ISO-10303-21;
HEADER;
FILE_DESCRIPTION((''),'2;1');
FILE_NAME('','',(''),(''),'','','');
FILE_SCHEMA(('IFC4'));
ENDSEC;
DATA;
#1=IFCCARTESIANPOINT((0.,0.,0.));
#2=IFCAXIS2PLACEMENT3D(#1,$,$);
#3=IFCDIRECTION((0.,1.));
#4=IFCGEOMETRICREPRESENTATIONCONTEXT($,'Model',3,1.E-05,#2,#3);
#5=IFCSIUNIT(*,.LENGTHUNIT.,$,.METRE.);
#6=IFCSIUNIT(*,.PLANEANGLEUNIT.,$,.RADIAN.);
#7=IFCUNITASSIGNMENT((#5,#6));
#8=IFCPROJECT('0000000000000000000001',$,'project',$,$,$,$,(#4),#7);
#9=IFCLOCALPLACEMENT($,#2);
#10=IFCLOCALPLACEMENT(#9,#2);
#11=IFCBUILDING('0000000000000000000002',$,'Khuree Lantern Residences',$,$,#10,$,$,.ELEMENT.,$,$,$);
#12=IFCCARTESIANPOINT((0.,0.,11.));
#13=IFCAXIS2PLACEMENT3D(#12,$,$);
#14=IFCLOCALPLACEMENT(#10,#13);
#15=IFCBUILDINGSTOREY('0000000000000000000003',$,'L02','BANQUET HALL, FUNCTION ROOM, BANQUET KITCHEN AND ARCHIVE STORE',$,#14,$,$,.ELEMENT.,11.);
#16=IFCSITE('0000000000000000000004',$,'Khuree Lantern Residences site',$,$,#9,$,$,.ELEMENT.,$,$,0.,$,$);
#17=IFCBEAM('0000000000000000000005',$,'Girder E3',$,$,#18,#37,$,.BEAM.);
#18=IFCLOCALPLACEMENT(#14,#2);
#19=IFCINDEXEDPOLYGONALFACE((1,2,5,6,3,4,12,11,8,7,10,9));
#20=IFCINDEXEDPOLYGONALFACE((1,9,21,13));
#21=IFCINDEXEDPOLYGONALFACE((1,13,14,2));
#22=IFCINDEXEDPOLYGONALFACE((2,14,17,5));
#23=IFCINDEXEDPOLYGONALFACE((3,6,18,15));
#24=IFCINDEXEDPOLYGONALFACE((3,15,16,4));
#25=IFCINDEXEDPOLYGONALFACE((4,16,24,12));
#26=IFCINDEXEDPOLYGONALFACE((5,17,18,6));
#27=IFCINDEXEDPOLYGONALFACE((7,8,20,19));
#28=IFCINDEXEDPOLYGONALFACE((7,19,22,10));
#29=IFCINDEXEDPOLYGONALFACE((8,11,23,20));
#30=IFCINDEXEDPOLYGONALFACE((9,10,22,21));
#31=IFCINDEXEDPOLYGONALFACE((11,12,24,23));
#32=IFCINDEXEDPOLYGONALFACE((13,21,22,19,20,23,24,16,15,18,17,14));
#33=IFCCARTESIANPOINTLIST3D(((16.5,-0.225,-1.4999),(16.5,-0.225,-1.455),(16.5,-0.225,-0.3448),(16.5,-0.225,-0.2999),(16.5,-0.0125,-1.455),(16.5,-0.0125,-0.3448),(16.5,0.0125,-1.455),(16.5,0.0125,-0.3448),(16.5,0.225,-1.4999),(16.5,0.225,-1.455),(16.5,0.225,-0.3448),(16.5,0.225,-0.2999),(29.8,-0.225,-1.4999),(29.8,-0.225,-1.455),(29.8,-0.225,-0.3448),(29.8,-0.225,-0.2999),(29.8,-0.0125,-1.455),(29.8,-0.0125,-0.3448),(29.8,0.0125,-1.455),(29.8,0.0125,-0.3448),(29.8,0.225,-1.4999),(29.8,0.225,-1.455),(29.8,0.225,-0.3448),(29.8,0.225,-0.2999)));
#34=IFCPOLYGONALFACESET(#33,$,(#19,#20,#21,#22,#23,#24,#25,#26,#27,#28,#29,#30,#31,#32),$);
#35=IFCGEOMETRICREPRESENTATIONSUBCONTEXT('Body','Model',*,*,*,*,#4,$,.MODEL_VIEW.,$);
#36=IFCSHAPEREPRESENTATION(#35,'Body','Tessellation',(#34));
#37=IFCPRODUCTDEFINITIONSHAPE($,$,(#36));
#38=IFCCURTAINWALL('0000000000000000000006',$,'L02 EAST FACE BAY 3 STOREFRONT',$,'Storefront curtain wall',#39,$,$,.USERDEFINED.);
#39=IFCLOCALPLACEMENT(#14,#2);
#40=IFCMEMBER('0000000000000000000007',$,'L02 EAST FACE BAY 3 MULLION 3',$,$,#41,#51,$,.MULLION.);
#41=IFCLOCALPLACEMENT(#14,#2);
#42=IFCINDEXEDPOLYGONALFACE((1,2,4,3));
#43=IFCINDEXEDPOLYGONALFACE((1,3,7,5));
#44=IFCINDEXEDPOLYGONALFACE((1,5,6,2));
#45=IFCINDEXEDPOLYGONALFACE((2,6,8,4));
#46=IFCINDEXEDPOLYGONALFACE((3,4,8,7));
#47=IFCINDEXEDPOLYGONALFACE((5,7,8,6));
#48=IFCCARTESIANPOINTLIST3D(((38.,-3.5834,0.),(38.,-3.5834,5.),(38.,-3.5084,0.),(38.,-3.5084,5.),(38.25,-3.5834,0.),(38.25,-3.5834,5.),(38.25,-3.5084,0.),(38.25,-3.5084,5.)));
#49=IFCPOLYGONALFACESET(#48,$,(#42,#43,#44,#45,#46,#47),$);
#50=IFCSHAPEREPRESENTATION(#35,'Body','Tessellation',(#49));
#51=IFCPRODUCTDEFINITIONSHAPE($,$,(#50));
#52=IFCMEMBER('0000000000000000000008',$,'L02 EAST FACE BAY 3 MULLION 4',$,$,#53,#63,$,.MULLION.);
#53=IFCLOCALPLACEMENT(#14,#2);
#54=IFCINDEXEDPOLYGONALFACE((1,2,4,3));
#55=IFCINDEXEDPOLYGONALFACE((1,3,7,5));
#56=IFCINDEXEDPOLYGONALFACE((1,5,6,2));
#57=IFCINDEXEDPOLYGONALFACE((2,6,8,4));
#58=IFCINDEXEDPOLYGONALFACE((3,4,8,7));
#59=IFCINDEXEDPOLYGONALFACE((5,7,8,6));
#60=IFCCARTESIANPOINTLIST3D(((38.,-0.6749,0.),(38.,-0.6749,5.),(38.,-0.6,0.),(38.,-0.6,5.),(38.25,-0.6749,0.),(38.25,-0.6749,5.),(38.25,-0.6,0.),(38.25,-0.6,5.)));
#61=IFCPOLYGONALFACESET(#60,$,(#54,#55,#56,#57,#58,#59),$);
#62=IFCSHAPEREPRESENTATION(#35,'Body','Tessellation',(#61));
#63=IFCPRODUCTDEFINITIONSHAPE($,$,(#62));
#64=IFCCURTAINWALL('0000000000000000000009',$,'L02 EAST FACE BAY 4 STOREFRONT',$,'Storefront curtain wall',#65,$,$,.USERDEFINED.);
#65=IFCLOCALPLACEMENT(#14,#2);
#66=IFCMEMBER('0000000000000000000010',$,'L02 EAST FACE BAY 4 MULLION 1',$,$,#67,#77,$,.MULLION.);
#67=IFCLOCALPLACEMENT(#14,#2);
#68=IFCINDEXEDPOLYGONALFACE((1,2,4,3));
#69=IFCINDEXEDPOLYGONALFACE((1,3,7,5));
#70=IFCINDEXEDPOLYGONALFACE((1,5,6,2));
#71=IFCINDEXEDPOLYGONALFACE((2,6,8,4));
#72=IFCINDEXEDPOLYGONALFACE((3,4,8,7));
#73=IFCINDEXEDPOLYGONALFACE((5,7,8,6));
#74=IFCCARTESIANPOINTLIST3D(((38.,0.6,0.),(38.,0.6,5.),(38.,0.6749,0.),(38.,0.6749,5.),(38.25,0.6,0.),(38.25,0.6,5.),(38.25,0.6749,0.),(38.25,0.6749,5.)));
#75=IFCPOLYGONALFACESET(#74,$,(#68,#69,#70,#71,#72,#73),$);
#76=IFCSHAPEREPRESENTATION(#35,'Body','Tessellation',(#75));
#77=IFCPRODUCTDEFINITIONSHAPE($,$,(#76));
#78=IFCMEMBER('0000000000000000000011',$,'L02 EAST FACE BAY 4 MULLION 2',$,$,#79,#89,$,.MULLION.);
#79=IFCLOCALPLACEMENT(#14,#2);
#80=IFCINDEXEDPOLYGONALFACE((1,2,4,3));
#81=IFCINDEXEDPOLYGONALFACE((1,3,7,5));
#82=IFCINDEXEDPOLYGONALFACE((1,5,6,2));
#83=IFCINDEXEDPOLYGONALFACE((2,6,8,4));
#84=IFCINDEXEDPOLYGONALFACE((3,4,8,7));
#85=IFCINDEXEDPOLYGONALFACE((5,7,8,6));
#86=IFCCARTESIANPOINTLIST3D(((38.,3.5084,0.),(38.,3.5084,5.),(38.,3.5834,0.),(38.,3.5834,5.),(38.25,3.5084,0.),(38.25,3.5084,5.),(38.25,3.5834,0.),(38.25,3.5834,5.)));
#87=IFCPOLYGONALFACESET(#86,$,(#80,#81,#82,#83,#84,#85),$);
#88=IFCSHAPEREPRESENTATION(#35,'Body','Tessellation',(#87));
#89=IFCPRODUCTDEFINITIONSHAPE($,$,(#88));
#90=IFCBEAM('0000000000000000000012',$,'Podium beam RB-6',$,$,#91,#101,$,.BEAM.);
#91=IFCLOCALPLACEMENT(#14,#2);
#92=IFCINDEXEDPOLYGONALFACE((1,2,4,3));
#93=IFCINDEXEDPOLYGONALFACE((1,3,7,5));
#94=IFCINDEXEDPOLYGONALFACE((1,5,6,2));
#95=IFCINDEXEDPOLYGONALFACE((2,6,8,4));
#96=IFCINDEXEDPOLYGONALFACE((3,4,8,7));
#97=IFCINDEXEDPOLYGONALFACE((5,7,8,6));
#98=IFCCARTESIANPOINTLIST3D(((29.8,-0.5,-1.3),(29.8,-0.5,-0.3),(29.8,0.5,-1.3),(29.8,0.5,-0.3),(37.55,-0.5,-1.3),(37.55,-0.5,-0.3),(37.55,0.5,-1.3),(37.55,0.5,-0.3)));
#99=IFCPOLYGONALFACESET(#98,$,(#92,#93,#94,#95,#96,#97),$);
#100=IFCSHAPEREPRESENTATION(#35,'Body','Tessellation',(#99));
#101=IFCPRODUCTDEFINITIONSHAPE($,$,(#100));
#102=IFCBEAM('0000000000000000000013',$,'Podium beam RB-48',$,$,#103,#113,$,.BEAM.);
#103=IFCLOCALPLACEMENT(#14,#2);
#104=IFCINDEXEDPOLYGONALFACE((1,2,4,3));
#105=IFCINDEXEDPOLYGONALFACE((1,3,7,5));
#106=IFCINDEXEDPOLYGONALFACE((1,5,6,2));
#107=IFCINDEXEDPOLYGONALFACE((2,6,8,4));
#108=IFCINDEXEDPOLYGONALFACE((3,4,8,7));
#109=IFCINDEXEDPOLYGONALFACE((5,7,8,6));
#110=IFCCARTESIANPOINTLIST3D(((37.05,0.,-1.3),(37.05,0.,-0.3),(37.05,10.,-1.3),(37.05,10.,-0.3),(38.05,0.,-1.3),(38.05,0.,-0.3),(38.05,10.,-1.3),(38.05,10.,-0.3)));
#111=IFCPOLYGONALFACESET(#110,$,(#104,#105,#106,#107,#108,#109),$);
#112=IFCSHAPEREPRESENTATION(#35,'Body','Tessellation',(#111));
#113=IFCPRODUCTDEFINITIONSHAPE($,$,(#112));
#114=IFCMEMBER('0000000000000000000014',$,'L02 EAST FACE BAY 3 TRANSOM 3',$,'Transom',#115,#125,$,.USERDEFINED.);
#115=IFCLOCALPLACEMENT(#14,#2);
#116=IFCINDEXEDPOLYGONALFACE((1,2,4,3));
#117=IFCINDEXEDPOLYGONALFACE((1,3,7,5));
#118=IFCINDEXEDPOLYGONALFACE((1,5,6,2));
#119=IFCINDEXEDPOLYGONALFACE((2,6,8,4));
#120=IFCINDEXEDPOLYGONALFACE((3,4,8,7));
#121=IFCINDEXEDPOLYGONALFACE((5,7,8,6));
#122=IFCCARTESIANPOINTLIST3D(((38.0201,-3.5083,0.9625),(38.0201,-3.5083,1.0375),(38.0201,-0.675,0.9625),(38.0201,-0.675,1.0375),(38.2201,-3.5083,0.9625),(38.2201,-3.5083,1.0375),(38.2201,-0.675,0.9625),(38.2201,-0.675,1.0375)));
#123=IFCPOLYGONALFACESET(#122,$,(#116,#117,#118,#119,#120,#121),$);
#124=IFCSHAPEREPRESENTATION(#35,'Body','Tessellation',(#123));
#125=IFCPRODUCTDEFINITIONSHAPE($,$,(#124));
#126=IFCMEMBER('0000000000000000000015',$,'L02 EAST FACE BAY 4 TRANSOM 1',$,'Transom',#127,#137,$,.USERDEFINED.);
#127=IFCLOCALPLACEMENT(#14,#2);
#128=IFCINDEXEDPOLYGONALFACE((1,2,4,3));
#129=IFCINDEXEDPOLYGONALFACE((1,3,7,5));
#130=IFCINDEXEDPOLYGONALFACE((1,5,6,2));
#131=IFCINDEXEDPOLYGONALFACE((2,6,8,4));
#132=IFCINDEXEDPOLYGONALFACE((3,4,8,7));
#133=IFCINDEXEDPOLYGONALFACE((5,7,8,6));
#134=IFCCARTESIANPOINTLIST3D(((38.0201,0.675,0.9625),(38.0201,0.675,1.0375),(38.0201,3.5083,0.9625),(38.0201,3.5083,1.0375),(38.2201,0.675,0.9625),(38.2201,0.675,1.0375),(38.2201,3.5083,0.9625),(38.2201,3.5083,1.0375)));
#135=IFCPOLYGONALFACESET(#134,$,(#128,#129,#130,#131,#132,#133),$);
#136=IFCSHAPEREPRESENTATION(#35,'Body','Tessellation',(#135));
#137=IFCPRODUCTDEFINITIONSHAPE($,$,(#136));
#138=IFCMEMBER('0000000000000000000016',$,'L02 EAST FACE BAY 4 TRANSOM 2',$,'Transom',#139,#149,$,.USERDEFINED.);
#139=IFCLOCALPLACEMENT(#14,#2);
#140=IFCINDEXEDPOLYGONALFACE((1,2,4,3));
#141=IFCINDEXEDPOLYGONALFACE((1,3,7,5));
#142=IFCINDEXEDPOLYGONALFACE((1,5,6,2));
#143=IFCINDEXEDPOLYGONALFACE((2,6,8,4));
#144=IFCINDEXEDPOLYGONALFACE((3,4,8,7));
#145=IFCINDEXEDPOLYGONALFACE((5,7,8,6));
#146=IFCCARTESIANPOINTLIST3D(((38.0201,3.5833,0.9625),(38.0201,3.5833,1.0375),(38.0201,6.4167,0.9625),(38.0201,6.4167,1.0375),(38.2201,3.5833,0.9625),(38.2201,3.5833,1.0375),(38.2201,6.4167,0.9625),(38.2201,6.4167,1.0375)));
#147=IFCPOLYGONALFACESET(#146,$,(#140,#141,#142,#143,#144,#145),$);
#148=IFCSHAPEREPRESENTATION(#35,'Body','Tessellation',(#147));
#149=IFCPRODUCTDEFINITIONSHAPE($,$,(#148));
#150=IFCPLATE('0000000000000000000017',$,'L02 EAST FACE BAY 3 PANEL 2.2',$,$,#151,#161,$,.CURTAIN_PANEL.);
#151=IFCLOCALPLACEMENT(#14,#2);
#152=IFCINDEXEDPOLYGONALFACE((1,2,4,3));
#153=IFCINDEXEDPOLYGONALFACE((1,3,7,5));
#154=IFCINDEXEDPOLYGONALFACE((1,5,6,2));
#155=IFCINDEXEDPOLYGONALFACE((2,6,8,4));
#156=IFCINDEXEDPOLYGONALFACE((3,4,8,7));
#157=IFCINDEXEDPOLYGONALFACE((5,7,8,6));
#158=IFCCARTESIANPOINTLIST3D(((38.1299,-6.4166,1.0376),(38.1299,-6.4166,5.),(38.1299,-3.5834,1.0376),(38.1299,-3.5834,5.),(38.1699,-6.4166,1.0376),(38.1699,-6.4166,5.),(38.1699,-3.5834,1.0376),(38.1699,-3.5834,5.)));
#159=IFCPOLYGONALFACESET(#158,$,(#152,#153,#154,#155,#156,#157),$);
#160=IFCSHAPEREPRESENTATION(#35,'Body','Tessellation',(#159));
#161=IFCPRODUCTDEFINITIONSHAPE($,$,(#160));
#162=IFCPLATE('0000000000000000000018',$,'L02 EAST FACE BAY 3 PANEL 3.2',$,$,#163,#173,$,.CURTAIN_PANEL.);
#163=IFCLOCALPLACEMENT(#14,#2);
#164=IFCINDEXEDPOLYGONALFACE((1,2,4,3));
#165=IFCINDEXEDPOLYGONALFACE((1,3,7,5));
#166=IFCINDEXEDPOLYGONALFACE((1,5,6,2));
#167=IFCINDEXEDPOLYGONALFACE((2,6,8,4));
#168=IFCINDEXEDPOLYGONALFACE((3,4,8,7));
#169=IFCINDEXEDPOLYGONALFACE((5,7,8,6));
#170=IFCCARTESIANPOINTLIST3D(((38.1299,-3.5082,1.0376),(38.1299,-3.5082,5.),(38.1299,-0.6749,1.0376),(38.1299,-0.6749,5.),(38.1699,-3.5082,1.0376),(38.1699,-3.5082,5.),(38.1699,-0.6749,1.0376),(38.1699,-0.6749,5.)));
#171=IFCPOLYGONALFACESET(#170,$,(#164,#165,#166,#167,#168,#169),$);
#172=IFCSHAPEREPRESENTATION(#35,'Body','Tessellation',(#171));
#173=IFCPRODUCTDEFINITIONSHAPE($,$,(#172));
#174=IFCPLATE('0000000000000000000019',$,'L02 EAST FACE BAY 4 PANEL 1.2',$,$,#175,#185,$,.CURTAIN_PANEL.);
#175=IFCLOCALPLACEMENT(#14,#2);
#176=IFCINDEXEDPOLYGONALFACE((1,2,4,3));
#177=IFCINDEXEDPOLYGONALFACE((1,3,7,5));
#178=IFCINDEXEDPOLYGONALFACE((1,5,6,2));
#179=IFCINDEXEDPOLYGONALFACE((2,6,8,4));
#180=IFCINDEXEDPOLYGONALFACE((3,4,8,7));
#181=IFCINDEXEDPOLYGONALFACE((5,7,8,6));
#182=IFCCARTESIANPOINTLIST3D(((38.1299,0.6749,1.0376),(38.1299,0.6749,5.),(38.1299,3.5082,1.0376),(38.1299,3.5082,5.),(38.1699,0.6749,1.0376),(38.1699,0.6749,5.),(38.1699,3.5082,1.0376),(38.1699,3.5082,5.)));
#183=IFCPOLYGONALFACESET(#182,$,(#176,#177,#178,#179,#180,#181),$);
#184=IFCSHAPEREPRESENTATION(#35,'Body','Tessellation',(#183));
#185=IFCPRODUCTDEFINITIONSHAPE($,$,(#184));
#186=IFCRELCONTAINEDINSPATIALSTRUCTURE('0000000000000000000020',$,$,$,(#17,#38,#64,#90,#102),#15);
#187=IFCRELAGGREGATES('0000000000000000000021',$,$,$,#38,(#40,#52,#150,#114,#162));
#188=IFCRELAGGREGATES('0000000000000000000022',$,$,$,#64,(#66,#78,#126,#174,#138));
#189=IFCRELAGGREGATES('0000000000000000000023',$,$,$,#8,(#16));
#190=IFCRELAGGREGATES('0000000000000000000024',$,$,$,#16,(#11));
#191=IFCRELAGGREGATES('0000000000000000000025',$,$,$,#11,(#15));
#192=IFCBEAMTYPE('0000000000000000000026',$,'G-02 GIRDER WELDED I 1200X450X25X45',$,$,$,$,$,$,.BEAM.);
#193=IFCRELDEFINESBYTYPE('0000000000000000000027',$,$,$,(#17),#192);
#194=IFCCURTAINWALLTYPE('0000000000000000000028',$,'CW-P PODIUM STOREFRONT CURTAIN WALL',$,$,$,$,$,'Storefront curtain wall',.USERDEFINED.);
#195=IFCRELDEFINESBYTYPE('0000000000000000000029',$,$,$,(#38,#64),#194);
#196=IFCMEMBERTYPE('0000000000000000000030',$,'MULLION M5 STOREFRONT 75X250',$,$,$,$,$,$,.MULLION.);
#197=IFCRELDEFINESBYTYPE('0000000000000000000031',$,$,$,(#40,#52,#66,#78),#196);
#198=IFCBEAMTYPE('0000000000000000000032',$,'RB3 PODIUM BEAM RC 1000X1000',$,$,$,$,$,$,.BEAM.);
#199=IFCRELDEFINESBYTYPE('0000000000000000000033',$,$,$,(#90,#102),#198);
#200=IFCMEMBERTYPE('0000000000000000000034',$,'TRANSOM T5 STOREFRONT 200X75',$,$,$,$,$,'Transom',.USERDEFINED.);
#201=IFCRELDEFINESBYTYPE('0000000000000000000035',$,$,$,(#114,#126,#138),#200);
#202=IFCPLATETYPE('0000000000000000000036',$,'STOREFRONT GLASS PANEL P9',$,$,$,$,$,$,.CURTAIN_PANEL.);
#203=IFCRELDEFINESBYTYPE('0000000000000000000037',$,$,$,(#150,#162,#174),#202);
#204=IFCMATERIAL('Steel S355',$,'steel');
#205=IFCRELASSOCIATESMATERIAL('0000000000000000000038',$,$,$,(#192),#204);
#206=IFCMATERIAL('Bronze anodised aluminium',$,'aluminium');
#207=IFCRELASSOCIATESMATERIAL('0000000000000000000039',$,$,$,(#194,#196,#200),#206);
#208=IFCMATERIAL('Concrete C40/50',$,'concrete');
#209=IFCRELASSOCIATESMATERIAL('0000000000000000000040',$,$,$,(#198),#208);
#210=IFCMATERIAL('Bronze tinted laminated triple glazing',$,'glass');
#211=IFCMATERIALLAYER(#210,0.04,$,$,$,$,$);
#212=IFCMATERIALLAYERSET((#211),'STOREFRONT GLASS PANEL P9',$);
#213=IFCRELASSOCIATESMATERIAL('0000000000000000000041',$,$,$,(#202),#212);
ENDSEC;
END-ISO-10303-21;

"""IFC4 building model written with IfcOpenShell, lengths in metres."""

from ifc_helpers import new_model, si_unit, direction, frame, origin, origin_2d, place, context, subcontext, project, spatial, rectangle, i_section, extrude, material, layer, layer_set, material_profile, profile_set, type_object, element, aggregate, save


model = new_model("IFC4")

# Units and contexts
model_context = context("Model", 3, precision=1e-05, world=origin(), true_north=direction((0.0, 1.0)))
body_context = subcontext(model_context, "Body", "Model", "MODEL_VIEW")
ifc_project = project(units=[si_unit("LENGTHUNIT", "METRE"), si_unit("PLANEANGLEUNIT", "RADIAN")], contexts=[model_context])

# Site, building, storey
site_placement = place(None, origin())
site = spatial("IfcSite", under=ifc_project, at=site_placement, Name="Khuree Lantern Residences site", CompositionType="ELEMENT", RefElevation=0.0)
building_placement = place(site_placement, origin())
building = spatial("IfcBuilding", under=site, at=building_placement, Name="Khuree Lantern Residences", CompositionType="ELEMENT")
storey_placement = place(building_placement, frame((0.0, 0.0, 11.0)))
storey = spatial("IfcBuildingStorey", under=building, at=storey_placement, Name="L02", Description="BANQUET HALL, FUNCTION ROOM, BANQUET KITCHEN AND ARCHIVE STORE", CompositionType="ELEMENT", Elevation=11.0)

# Beam
ifc_material_1 = material(Name="Steel S355", Category="steel")
ifc_material_profile_1 = material_profile(ifc_material_1, i_section(OverallWidth=0.45, OverallDepth=1.2, WebThickness=0.0249, FlangeThickness=0.0449, at=origin_2d()), Name="WELDED I 1200X450X25X45")
ifc_profile_set_1 = profile_set([ifc_material_profile_1], Name="Steel S355")
beam_type_1 = type_object("IfcBeamType", Name="G-02 GIRDER WELDED I 1200X450X25X45", PredefinedType="BEAM", material=ifc_profile_set_1)
beam_1_placement = place(storey_placement, frame((29.8, 0.0, -0.8999), z_axis=(-1.0, 0.0, 0.0), x_axis=(0.0, -1.0, 0.0)))
element("IfcBeam", 1, at=beam_1_placement, inside=storey, type_object=beam_type_1, Name="Girder E3", PredefinedType="BEAM", context=body_context, shape_type="SweptSolid", body=[
    extrude(i_section(OverallWidth=0.45, OverallDepth=1.2, WebThickness=0.0249, FlangeThickness=0.0449, at=origin_2d()), origin(), (0.0, 0.0, 1.0), 13.3),
])

# Curtain walls, members
ifc_material_2 = material(Name="Bronze anodised aluminium", Category="aluminium")
curtain_wall_type = type_object("IfcCurtainWallType", Name="CW-P PODIUM STOREFRONT CURTAIN WALL", ElementType="Storefront curtain wall", PredefinedType="USERDEFINED", material=ifc_material_2)
curtain_wall_1_placement = place(storey_placement, origin())
curtain_wall_1 = element("IfcCurtainWall", 2, at=curtain_wall_1_placement, inside=storey, type_object=curtain_wall_type, Name="L02 EAST FACE BAY 3 STOREFRONT", ObjectType="Storefront curtain wall", PredefinedType="USERDEFINED")
ifc_material_profile_2 = material_profile(ifc_material_2, rectangle(XDim=0.075, YDim=0.25, at=origin_2d()), Name="M5 75X250")
ifc_profile_set_2 = profile_set([ifc_material_profile_2], Name="Bronze anodised aluminium")
member_type_1 = type_object("IfcMemberType", Name="MULLION M5 STOREFRONT 75X250", PredefinedType="MULLION", material=ifc_profile_set_2)
member_1_placement = place(storey_placement, frame((38.125, -3.5459, 0.0), z_axis=(0.0, 0.0, 1.0), x_axis=(0.0, 1.0, 0.0)))
member_1 = element("IfcMember", 3, at=member_1_placement, type_object=member_type_1, Name="L02 EAST FACE BAY 3 MULLION 3", PredefinedType="MULLION", context=body_context, shape_type="SweptSolid", body=[
    extrude(rectangle(XDim=0.075, YDim=0.25, at=origin_2d()), origin(), (0.0, 0.0, 1.0), 5.0),
])
member_2_placement = place(storey_placement, frame((38.125, -0.6375, 0.0), z_axis=(0.0, 0.0, 1.0), x_axis=(0.0, 1.0, 0.0)))
member_2 = element("IfcMember", 4, at=member_2_placement, type_object=member_type_1, Name="L02 EAST FACE BAY 3 MULLION 4", PredefinedType="MULLION", context=body_context, shape_type="SweptSolid", body=[
    extrude(rectangle(XDim=0.075, YDim=0.25, at=origin_2d()), origin(), (0.0, 0.0, 1.0), 5.0),
])
curtain_wall_2_placement = place(storey_placement, origin())
curtain_wall_2 = element("IfcCurtainWall", 5, at=curtain_wall_2_placement, inside=storey, type_object=curtain_wall_type, Name="L02 EAST FACE BAY 4 STOREFRONT", ObjectType="Storefront curtain wall", PredefinedType="USERDEFINED")
member_3_placement = place(storey_placement, frame((38.125, 0.6375, 0.0), z_axis=(0.0, 0.0, 1.0), x_axis=(0.0, 1.0, 0.0)))
member_3 = element("IfcMember", 6, at=member_3_placement, type_object=member_type_1, Name="L02 EAST FACE BAY 4 MULLION 1", PredefinedType="MULLION", context=body_context, shape_type="SweptSolid", body=[
    extrude(rectangle(XDim=0.075, YDim=0.25, at=origin_2d()), origin(), (0.0, 0.0, 1.0), 5.0),
])
member_4_placement = place(storey_placement, frame((38.125, 3.5459, 0.0), z_axis=(0.0, 0.0, 1.0), x_axis=(0.0, 1.0, 0.0)))
member_4 = element("IfcMember", 7, at=member_4_placement, type_object=member_type_1, Name="L02 EAST FACE BAY 4 MULLION 2", PredefinedType="MULLION", context=body_context, shape_type="SweptSolid", body=[
    extrude(rectangle(XDim=0.075, YDim=0.25, at=origin_2d()), origin(), (0.0, 0.0, 1.0), 5.0),
])

# Beams
ifc_material_3 = material(Name="Concrete C40/50", Category="concrete")
ifc_material_profile_3 = material_profile(ifc_material_3, rectangle(XDim=1.0, YDim=1.0, at=origin_2d()), Name="RC 1000X1000")
ifc_profile_set_3 = profile_set([ifc_material_profile_3], Name="Concrete C40/50")
beam_type_2 = type_object("IfcBeamType", Name="RB3 PODIUM BEAM RC 1000X1000", PredefinedType="BEAM", material=ifc_profile_set_3)
beam_2_placement = place(storey_placement, frame((29.8, 0.0, -0.8), z_axis=(1.0, 0.0, 0.0), x_axis=(0.0, 1.0, 0.0)))
element("IfcBeam", 8, at=beam_2_placement, inside=storey, type_object=beam_type_2, Name="Podium beam RB-6", PredefinedType="BEAM", context=body_context, shape_type="SweptSolid", body=[
    extrude(rectangle(XDim=1.0, YDim=1.0, at=origin_2d()), origin(), (0.0, 0.0, 1.0), 7.75),
])
beam_3_placement = place(storey_placement, frame((37.55, 0.0, -0.8), z_axis=(0.0, 1.0, 0.0), x_axis=(-1.0, 0.0, 0.0)))
element("IfcBeam", 9, at=beam_3_placement, inside=storey, type_object=beam_type_2, Name="Podium beam RB-48", PredefinedType="BEAM", context=body_context, shape_type="SweptSolid", body=[
    extrude(rectangle(XDim=1.0, YDim=1.0, at=origin_2d()), origin(), (0.0, 0.0, 1.0), 10.0),
])

# Members
ifc_material_profile_4 = material_profile(ifc_material_2, rectangle(XDim=0.2, YDim=0.075, at=origin_2d()), Name="T5 200X75")
ifc_profile_set_4 = profile_set([ifc_material_profile_4], Name="Bronze anodised aluminium")
member_type_2 = type_object("IfcMemberType", Name="TRANSOM T5 STOREFRONT 200X75", ElementType="Transom", PredefinedType="USERDEFINED", material=ifc_profile_set_4)
member_5_placement = place(storey_placement, frame((38.1201, -3.5083, 1.0), z_axis=(0.0, 1.0, 0.0), x_axis=(-1.0, 0.0, 0.0)))
member_5 = element("IfcMember", 10, at=member_5_placement, type_object=member_type_2, Name="L02 EAST FACE BAY 3 TRANSOM 3", ObjectType="Transom", PredefinedType="USERDEFINED", context=body_context, shape_type="SweptSolid", body=[
    extrude(rectangle(XDim=0.2, YDim=0.075, at=origin_2d()), origin(), (0.0, 0.0, 1.0), 2.8333),
])
member_6_placement = place(storey_placement, frame((38.1201, 0.675, 1.0), z_axis=(0.0, 1.0, 0.0), x_axis=(-1.0, 0.0, 0.0)))
member_6 = element("IfcMember", 11, at=member_6_placement, type_object=member_type_2, Name="L02 EAST FACE BAY 4 TRANSOM 1", ObjectType="Transom", PredefinedType="USERDEFINED", context=body_context, shape_type="SweptSolid", body=[
    extrude(rectangle(XDim=0.2, YDim=0.075, at=origin_2d()), origin(), (0.0, 0.0, 1.0), 2.8333),
])
member_7_placement = place(storey_placement, frame((38.1201, 3.5833, 1.0), z_axis=(0.0, 1.0, 0.0), x_axis=(-1.0, 0.0, 0.0)))
member_7 = element("IfcMember", 12, at=member_7_placement, type_object=member_type_2, Name="L02 EAST FACE BAY 4 TRANSOM 2", ObjectType="Transom", PredefinedType="USERDEFINED", context=body_context, shape_type="SweptSolid", body=[
    extrude(rectangle(XDim=0.2, YDim=0.075, at=origin_2d()), origin(), (0.0, 0.0, 1.0), 2.8335),
])

# Plates
ifc_material_4 = material(Name="Bronze tinted laminated triple glazing", Category="glass")
ifc_layer_1 = layer(ifc_material_4, 0.04)
ifc_layer_set_1 = layer_set([ifc_layer_1], Name="STOREFRONT GLASS PANEL P9")
plate_type_1 = type_object("IfcPlateType", Name="STOREFRONT GLASS PANEL P9", PredefinedType="CURTAIN_PANEL", material=ifc_layer_set_1)
plate_1_placement = place(storey_placement, frame((38.1499, -5.0, 1.0376), z_axis=(0.0, 0.0, 1.0), x_axis=(0.0, 1.0, 0.0)))
plate_1 = element("IfcPlate", 13, at=plate_1_placement, type_object=plate_type_1, Name="L02 EAST FACE BAY 3 PANEL 2.2", PredefinedType="CURTAIN_PANEL", context=body_context, shape_type="SweptSolid", body=[
    extrude(rectangle(XDim=2.8333, YDim=0.04, at=origin_2d()), origin(), (0.0, 0.0, 1.0), 3.9624),
])
plate_2_placement = place(storey_placement, frame((38.1499, -2.0916, 1.0376), z_axis=(0.0, 0.0, 1.0), x_axis=(0.0, 1.0, 0.0)))
plate_2 = element("IfcPlate", 14, at=plate_2_placement, type_object=plate_type_1, Name="L02 EAST FACE BAY 3 PANEL 3.2", PredefinedType="CURTAIN_PANEL", context=body_context, shape_type="SweptSolid", body=[
    extrude(rectangle(XDim=2.8333, YDim=0.04, at=origin_2d()), origin(), (0.0, 0.0, 1.0), 3.9624),
])
plate_3_placement = place(storey_placement, frame((38.1499, 2.0916, 1.0376), z_axis=(0.0, 0.0, 1.0), x_axis=(0.0, 1.0, 0.0)))
plate_3 = element("IfcPlate", 15, at=plate_3_placement, type_object=plate_type_1, Name="L02 EAST FACE BAY 4 PANEL 1.2", PredefinedType="CURTAIN_PANEL", context=body_context, shape_type="SweptSolid", body=[
    extrude(rectangle(XDim=2.8333, YDim=0.04, at=origin_2d()), origin(), (0.0, 0.0, 1.0), 3.9624),
])
aggregate(curtain_wall_1, [member_1, member_2, plate_1, member_5, plate_2])
aggregate(curtain_wall_2, [member_3, member_4, member_6, plate_3, member_7])

save(model, "model.ifc")
